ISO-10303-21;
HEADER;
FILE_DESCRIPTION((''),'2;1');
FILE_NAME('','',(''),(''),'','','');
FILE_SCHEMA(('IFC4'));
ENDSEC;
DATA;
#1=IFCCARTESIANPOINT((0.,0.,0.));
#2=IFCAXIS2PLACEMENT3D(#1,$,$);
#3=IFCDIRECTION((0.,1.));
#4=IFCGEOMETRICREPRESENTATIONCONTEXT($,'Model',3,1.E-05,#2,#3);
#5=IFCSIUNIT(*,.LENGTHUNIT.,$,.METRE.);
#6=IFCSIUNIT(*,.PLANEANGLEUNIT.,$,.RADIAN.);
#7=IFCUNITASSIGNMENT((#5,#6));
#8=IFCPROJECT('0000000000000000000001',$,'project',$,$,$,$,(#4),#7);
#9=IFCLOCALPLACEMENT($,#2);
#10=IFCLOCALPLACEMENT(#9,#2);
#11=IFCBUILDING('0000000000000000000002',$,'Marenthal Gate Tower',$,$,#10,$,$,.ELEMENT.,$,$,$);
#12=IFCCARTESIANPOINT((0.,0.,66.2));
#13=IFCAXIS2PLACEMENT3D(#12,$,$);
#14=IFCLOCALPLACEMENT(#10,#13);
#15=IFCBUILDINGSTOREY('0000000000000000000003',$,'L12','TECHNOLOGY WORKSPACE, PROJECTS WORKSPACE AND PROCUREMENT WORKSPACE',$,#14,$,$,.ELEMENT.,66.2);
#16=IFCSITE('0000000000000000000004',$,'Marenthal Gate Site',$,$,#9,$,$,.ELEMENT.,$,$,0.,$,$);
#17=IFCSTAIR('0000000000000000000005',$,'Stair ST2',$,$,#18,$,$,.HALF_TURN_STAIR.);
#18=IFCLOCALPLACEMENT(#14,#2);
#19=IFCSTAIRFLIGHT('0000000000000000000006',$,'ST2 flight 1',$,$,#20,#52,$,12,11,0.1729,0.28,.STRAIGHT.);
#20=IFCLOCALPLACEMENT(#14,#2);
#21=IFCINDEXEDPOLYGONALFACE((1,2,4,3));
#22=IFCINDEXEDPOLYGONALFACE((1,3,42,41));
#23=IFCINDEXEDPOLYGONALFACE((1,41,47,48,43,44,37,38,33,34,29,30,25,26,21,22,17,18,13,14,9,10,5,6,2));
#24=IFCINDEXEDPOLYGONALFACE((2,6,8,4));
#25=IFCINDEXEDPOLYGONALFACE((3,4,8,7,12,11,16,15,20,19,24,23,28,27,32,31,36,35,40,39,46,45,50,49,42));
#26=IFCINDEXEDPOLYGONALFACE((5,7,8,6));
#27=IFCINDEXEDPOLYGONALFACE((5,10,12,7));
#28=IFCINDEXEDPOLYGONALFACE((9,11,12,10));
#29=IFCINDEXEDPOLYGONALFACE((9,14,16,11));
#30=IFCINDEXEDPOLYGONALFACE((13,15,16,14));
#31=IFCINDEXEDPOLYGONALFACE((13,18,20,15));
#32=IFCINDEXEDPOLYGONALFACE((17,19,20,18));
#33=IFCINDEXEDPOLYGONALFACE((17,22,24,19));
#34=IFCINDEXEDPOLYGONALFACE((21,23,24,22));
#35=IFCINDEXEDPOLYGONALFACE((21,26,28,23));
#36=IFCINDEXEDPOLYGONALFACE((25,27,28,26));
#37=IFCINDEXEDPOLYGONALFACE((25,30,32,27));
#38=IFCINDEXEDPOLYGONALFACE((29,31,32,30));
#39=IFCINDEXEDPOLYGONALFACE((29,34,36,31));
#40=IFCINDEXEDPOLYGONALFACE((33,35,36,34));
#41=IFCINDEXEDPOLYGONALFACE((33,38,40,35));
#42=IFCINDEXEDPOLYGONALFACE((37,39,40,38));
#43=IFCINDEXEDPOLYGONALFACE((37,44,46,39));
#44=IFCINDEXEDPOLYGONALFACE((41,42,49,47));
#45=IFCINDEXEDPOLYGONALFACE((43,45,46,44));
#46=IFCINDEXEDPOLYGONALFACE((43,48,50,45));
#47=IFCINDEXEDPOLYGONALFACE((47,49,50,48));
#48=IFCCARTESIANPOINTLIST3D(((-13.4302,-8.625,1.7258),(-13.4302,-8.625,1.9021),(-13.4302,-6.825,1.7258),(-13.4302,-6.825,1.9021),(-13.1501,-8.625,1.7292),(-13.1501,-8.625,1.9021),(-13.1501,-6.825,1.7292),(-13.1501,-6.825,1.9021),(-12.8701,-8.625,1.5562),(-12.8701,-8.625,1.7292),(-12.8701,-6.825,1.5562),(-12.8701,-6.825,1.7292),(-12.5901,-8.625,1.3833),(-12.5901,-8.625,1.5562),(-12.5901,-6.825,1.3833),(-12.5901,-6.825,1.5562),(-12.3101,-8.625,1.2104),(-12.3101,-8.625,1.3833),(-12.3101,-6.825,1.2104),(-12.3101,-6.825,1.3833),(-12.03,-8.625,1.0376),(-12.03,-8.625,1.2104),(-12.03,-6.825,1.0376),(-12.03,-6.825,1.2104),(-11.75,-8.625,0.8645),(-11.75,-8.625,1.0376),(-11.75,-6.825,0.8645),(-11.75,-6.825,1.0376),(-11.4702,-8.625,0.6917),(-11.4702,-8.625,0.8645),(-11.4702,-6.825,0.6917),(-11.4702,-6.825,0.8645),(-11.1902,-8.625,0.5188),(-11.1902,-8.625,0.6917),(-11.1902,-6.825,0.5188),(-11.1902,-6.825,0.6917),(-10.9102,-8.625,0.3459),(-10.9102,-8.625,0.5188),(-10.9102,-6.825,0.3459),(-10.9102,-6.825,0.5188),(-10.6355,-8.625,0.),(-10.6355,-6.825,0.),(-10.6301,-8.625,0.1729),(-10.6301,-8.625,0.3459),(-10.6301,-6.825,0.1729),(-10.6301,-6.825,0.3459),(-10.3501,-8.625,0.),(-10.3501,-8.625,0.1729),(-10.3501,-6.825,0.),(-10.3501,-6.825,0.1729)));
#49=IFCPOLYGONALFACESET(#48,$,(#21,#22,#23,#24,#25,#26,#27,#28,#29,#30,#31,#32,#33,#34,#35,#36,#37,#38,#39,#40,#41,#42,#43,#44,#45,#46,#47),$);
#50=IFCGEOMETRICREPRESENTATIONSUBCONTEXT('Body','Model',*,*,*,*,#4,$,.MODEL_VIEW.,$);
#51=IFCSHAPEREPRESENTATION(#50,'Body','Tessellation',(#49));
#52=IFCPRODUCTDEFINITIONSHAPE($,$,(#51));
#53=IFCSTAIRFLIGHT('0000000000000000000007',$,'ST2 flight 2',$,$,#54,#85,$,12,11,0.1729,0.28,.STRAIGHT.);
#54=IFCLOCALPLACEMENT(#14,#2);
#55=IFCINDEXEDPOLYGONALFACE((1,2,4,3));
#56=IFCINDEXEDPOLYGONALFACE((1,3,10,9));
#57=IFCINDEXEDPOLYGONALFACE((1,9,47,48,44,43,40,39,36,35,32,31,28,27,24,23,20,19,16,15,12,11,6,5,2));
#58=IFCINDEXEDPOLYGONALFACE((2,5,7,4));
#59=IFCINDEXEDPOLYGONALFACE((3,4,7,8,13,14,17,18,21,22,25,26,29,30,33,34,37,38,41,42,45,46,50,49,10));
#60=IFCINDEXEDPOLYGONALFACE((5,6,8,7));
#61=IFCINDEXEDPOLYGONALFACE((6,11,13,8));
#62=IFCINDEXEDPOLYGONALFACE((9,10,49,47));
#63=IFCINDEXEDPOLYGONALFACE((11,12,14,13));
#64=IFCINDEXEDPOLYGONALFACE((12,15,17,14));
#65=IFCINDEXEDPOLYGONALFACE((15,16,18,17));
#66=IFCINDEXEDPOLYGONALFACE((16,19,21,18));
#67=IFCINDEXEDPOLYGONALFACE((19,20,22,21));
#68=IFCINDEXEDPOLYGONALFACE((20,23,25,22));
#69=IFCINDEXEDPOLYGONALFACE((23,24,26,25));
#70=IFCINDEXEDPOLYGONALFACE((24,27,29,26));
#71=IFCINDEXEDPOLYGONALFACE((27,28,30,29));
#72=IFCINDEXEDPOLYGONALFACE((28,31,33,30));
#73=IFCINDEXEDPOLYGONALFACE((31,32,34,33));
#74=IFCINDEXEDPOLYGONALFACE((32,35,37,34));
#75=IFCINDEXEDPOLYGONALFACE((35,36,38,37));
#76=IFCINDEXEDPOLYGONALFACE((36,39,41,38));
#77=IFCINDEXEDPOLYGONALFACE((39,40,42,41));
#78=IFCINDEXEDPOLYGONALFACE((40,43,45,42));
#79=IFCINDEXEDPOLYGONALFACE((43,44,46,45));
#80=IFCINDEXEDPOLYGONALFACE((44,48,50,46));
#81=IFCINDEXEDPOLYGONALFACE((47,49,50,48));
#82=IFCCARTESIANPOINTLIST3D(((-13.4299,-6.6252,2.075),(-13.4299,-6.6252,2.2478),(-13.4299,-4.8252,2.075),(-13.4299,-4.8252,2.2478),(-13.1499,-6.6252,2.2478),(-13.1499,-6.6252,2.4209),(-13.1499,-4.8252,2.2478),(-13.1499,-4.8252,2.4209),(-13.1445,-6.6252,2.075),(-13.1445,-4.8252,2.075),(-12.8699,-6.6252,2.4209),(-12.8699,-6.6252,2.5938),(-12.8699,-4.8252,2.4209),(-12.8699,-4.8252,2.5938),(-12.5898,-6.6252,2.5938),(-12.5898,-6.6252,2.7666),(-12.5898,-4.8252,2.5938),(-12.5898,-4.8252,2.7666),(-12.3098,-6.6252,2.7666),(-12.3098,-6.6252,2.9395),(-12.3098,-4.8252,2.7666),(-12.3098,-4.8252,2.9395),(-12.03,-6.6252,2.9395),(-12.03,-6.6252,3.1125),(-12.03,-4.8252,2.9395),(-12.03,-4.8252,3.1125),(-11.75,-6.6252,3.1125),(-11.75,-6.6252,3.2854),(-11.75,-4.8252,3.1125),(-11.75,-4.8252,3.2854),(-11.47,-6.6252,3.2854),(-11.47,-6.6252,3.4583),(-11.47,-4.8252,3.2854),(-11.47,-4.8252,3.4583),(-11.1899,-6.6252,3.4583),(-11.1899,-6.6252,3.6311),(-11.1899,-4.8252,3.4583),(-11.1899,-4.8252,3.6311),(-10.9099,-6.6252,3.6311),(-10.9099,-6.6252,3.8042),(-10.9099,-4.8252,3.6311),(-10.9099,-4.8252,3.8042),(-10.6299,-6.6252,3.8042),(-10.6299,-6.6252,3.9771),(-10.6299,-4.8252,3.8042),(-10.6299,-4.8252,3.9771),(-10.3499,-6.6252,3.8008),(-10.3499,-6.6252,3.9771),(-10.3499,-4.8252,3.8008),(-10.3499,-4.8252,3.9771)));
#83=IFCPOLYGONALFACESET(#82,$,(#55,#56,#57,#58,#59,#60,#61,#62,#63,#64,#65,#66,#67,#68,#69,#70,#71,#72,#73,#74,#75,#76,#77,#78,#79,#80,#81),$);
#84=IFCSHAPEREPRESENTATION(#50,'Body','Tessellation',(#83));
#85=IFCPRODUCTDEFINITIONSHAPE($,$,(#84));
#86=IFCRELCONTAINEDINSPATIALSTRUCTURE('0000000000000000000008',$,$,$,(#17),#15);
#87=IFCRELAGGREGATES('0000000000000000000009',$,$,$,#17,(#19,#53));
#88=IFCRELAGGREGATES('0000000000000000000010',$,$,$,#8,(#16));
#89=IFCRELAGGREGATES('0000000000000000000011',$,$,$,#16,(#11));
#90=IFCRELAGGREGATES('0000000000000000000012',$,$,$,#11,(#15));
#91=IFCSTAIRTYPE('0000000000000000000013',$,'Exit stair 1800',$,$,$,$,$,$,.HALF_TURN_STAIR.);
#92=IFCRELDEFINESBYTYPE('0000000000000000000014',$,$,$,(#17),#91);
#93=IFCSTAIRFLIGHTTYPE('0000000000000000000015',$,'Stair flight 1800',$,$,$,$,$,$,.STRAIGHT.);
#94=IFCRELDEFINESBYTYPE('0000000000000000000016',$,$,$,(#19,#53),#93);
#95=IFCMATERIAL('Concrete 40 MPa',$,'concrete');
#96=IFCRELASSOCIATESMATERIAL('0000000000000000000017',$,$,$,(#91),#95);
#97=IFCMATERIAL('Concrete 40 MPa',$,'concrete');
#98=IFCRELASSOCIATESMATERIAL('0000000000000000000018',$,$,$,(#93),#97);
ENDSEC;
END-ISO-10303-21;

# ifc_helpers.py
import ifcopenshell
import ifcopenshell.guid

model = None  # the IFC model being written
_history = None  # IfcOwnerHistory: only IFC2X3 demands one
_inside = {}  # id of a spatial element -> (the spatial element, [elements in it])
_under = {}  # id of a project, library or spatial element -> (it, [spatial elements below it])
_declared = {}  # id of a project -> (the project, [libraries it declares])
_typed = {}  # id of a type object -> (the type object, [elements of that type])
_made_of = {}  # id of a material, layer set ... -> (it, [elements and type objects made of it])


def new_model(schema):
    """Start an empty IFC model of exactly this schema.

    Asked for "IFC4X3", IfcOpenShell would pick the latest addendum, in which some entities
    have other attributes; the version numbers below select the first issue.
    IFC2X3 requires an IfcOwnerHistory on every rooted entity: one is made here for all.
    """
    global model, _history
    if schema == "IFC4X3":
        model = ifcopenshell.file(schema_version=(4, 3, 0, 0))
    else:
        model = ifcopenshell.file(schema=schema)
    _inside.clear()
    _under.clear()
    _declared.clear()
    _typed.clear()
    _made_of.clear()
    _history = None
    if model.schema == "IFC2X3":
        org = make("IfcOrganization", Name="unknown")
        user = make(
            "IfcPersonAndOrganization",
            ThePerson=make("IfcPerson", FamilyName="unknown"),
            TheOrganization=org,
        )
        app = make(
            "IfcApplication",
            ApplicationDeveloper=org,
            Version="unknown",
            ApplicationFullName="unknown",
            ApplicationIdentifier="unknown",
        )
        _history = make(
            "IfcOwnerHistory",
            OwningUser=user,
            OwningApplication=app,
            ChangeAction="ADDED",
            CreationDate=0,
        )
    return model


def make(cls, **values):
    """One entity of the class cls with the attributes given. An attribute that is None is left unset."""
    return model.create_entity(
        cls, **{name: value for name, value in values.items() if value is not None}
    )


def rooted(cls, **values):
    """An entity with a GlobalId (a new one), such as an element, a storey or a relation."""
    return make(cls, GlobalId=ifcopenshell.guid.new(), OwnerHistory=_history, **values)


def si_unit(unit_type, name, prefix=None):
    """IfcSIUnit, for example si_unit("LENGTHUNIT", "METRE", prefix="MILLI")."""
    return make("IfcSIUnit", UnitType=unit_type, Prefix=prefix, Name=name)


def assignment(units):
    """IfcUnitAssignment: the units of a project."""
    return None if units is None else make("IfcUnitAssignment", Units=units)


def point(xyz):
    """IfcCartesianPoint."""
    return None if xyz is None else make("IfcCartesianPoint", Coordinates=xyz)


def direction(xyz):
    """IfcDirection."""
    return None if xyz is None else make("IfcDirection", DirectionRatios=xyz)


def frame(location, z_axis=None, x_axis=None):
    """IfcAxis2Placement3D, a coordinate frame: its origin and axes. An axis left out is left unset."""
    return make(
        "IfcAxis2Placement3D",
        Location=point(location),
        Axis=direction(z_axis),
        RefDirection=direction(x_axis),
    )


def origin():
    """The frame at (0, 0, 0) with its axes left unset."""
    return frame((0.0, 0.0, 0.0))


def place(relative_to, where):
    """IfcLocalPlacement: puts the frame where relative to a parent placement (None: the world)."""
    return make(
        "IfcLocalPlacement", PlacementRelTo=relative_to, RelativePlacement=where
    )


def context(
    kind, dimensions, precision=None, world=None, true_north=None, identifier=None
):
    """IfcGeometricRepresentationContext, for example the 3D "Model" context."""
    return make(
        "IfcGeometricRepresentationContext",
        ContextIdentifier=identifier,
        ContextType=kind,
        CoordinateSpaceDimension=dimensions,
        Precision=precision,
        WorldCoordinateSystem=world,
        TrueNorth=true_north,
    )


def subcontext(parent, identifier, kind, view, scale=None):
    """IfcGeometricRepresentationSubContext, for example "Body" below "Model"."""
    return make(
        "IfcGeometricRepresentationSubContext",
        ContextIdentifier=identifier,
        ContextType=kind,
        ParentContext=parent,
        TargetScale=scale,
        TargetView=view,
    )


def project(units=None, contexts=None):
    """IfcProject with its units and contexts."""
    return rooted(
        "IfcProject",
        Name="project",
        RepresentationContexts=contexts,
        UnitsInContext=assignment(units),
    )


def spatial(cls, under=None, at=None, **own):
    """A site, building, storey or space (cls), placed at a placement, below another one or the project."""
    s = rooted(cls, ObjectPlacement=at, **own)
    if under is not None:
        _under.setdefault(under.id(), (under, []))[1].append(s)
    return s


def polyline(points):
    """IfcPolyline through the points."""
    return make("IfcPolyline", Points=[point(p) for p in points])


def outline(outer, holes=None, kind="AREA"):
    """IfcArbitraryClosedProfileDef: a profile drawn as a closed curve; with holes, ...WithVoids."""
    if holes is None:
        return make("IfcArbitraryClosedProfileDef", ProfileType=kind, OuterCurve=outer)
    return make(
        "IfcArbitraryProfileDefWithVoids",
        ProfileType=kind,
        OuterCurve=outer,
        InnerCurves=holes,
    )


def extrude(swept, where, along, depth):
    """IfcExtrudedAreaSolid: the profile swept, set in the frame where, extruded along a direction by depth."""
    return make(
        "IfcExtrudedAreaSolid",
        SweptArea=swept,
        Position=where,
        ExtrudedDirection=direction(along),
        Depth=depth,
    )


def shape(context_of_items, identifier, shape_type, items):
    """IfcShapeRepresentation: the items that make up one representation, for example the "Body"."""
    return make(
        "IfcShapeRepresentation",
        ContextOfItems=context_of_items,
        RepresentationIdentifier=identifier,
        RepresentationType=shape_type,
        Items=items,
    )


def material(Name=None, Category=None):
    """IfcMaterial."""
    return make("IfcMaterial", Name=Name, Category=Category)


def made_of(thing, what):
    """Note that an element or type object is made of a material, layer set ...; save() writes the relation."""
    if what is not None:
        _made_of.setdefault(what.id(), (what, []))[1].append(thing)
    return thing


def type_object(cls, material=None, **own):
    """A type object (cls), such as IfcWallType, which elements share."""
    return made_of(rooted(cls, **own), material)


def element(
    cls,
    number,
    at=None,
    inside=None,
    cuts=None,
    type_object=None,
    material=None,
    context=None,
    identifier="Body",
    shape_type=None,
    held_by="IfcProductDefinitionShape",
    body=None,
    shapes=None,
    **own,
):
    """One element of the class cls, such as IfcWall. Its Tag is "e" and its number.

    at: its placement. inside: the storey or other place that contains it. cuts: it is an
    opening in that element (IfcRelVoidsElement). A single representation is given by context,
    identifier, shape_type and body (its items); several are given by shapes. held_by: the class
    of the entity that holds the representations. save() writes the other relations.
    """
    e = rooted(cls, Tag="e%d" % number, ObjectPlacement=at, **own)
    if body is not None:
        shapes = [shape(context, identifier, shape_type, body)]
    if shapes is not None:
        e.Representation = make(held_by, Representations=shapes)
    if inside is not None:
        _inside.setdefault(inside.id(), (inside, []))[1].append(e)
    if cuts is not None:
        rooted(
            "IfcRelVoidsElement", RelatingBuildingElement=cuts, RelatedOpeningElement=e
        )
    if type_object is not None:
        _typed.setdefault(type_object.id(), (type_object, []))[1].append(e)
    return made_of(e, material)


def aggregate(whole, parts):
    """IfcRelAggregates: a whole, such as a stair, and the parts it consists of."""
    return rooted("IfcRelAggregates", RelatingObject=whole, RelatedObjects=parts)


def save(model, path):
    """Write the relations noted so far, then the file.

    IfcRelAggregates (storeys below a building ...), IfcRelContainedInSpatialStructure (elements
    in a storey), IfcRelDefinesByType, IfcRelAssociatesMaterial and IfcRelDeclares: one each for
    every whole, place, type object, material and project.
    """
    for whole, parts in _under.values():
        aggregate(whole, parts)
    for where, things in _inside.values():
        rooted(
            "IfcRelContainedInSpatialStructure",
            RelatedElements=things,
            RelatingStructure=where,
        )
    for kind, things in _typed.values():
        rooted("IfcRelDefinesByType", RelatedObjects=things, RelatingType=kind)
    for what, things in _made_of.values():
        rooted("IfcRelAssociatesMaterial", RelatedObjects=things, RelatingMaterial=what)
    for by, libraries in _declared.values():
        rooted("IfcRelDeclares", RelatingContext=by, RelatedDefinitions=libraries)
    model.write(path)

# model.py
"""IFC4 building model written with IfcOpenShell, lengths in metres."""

from ifc_helpers import new_model, si_unit, direction, frame, origin, place, context, subcontext, project, spatial, polyline, outline, extrude, material, type_object, element, aggregate, save


model = new_model("IFC4")

# Units and contexts
model_context = context("Model", 3, precision=1e-05, world=origin(), true_north=direction((0.0, 1.0)))
body_context = subcontext(model_context, "Body", "Model", "MODEL_VIEW")
ifc_project = project(units=[si_unit("LENGTHUNIT", "METRE"), si_unit("PLANEANGLEUNIT", "RADIAN")], contexts=[model_context])

# Site, building, storey
site_placement = place(None, origin())
site = spatial("IfcSite", under=ifc_project, at=site_placement, Name="Marenthal Gate Site", CompositionType="ELEMENT", RefElevation=0.0)
building_placement = place(site_placement, origin())
building = spatial("IfcBuilding", under=site, at=building_placement, Name="Marenthal Gate Tower", CompositionType="ELEMENT")
storey_placement = place(building_placement, frame((0.0, 0.0, 66.2)))
storey = spatial("IfcBuildingStorey", under=building, at=storey_placement, Name="L12", Description="TECHNOLOGY WORKSPACE, PROJECTS WORKSPACE AND PROCUREMENT WORKSPACE", CompositionType="ELEMENT", Elevation=66.2)

# Stair, stair flights
ifc_material_1 = material(Name="Concrete 40 MPa", Category="concrete")
stair_type = type_object("IfcStairType", Name="Exit stair 1800", PredefinedType="HALF_TURN_STAIR", material=ifc_material_1)
stair_placement = place(storey_placement, origin())
stair = element("IfcStair", 1, at=stair_placement, inside=storey, type_object=stair_type, Name="Stair ST2", PredefinedType="HALF_TURN_STAIR")
ifc_material_2 = material(Name="Concrete 40 MPa", Category="concrete")
stair_flight_type = type_object("IfcStairFlightType", Name="Stair flight 1800", PredefinedType="STRAIGHT", material=ifc_material_2)
stair_flight_1_placement = place(storey_placement, frame((-10.3501, -7.7251, 0.0), z_axis=(0.0, 0.0, 1.0), x_axis=(-1.0, 0.0, 0.0)))
stair_flight_1 = element("IfcStairFlight", 2, at=stair_flight_1_placement, type_object=stair_flight_type, Name="ST2 flight 1", NumberOfRisers=12, NumberOfTreads=11, PredefinedType="STRAIGHT", RiserHeight=0.1729, TreadLength=0.28, context=body_context, shape_type="SweptSolid", body=[
    extrude(outline(polyline([(0.0, 0.0), (0.0, 0.1729), (0.28, 0.1729), (0.28, 0.3459), (0.5601, 0.3459), (0.5601, 0.5188), (0.8401, 0.5188), (0.8401, 0.6917), (1.1201, 0.6917), (1.1201, 0.8645), (1.3999, 0.8645), (1.3999, 1.0376), (1.6799, 1.0376), (1.6799, 1.2104), (1.96, 1.2104), (1.96, 1.3833), (2.24, 1.3833), (2.24, 1.5562), (2.52, 1.5562), (2.52, 1.7292), (2.8, 1.7292), (2.8, 1.9021), (3.0801, 1.9021), (3.0801, 2.075), (3.0801, 1.7258), (0.2854, 0.0), (0.0, 0.0)])), frame((0.0, 0.8999, 0.0), z_axis=(0.0, -1.0, 0.0), x_axis=(1.0, 0.0, 0.0)), (0.0, 0.0, 1.0), 1.8),
])
stair_flight_2_placement = place(storey_placement, frame((-13.4299, -5.7251, 2.075), z_axis=(0.0, 0.0, 1.0), x_axis=(1.0, 0.0, 0.0)))
stair_flight_2 = element("IfcStairFlight", 3, at=stair_flight_2_placement, type_object=stair_flight_type, Name="ST2 flight 2", NumberOfRisers=12, NumberOfTreads=11, PredefinedType="STRAIGHT", RiserHeight=0.1729, TreadLength=0.28, context=body_context, shape_type="SweptSolid", body=[
    extrude(outline(polyline([(0.0, 0.0), (0.0, 0.1729), (0.28, 0.1729), (0.28, 0.3459), (0.5601, 0.3459), (0.5601, 0.5188), (0.8401, 0.5188), (0.8401, 0.6917), (1.1201, 0.6917), (1.1201, 0.8645), (1.3999, 0.8645), (1.3999, 1.0376), (1.6799, 1.0376), (1.6799, 1.2104), (1.96, 1.2104), (1.96, 1.3833), (2.24, 1.3833), (2.24, 1.5562), (2.52, 1.5562), (2.52, 1.7292), (2.8, 1.7292), (2.8, 1.9021), (3.0801, 1.9021), (3.0801, 2.075), (3.0801, 1.7258), (0.2854, 0.0), (0.0, 0.0)])), frame((0.0, 0.8999, 0.0), z_axis=(0.0, -1.0, 0.0), x_axis=(1.0, 0.0, 0.0)), (0.0, 0.0, 1.0), 1.8),
])
aggregate(stair, [stair_flight_1, stair_flight_2])

save(model, "model.ifc")
